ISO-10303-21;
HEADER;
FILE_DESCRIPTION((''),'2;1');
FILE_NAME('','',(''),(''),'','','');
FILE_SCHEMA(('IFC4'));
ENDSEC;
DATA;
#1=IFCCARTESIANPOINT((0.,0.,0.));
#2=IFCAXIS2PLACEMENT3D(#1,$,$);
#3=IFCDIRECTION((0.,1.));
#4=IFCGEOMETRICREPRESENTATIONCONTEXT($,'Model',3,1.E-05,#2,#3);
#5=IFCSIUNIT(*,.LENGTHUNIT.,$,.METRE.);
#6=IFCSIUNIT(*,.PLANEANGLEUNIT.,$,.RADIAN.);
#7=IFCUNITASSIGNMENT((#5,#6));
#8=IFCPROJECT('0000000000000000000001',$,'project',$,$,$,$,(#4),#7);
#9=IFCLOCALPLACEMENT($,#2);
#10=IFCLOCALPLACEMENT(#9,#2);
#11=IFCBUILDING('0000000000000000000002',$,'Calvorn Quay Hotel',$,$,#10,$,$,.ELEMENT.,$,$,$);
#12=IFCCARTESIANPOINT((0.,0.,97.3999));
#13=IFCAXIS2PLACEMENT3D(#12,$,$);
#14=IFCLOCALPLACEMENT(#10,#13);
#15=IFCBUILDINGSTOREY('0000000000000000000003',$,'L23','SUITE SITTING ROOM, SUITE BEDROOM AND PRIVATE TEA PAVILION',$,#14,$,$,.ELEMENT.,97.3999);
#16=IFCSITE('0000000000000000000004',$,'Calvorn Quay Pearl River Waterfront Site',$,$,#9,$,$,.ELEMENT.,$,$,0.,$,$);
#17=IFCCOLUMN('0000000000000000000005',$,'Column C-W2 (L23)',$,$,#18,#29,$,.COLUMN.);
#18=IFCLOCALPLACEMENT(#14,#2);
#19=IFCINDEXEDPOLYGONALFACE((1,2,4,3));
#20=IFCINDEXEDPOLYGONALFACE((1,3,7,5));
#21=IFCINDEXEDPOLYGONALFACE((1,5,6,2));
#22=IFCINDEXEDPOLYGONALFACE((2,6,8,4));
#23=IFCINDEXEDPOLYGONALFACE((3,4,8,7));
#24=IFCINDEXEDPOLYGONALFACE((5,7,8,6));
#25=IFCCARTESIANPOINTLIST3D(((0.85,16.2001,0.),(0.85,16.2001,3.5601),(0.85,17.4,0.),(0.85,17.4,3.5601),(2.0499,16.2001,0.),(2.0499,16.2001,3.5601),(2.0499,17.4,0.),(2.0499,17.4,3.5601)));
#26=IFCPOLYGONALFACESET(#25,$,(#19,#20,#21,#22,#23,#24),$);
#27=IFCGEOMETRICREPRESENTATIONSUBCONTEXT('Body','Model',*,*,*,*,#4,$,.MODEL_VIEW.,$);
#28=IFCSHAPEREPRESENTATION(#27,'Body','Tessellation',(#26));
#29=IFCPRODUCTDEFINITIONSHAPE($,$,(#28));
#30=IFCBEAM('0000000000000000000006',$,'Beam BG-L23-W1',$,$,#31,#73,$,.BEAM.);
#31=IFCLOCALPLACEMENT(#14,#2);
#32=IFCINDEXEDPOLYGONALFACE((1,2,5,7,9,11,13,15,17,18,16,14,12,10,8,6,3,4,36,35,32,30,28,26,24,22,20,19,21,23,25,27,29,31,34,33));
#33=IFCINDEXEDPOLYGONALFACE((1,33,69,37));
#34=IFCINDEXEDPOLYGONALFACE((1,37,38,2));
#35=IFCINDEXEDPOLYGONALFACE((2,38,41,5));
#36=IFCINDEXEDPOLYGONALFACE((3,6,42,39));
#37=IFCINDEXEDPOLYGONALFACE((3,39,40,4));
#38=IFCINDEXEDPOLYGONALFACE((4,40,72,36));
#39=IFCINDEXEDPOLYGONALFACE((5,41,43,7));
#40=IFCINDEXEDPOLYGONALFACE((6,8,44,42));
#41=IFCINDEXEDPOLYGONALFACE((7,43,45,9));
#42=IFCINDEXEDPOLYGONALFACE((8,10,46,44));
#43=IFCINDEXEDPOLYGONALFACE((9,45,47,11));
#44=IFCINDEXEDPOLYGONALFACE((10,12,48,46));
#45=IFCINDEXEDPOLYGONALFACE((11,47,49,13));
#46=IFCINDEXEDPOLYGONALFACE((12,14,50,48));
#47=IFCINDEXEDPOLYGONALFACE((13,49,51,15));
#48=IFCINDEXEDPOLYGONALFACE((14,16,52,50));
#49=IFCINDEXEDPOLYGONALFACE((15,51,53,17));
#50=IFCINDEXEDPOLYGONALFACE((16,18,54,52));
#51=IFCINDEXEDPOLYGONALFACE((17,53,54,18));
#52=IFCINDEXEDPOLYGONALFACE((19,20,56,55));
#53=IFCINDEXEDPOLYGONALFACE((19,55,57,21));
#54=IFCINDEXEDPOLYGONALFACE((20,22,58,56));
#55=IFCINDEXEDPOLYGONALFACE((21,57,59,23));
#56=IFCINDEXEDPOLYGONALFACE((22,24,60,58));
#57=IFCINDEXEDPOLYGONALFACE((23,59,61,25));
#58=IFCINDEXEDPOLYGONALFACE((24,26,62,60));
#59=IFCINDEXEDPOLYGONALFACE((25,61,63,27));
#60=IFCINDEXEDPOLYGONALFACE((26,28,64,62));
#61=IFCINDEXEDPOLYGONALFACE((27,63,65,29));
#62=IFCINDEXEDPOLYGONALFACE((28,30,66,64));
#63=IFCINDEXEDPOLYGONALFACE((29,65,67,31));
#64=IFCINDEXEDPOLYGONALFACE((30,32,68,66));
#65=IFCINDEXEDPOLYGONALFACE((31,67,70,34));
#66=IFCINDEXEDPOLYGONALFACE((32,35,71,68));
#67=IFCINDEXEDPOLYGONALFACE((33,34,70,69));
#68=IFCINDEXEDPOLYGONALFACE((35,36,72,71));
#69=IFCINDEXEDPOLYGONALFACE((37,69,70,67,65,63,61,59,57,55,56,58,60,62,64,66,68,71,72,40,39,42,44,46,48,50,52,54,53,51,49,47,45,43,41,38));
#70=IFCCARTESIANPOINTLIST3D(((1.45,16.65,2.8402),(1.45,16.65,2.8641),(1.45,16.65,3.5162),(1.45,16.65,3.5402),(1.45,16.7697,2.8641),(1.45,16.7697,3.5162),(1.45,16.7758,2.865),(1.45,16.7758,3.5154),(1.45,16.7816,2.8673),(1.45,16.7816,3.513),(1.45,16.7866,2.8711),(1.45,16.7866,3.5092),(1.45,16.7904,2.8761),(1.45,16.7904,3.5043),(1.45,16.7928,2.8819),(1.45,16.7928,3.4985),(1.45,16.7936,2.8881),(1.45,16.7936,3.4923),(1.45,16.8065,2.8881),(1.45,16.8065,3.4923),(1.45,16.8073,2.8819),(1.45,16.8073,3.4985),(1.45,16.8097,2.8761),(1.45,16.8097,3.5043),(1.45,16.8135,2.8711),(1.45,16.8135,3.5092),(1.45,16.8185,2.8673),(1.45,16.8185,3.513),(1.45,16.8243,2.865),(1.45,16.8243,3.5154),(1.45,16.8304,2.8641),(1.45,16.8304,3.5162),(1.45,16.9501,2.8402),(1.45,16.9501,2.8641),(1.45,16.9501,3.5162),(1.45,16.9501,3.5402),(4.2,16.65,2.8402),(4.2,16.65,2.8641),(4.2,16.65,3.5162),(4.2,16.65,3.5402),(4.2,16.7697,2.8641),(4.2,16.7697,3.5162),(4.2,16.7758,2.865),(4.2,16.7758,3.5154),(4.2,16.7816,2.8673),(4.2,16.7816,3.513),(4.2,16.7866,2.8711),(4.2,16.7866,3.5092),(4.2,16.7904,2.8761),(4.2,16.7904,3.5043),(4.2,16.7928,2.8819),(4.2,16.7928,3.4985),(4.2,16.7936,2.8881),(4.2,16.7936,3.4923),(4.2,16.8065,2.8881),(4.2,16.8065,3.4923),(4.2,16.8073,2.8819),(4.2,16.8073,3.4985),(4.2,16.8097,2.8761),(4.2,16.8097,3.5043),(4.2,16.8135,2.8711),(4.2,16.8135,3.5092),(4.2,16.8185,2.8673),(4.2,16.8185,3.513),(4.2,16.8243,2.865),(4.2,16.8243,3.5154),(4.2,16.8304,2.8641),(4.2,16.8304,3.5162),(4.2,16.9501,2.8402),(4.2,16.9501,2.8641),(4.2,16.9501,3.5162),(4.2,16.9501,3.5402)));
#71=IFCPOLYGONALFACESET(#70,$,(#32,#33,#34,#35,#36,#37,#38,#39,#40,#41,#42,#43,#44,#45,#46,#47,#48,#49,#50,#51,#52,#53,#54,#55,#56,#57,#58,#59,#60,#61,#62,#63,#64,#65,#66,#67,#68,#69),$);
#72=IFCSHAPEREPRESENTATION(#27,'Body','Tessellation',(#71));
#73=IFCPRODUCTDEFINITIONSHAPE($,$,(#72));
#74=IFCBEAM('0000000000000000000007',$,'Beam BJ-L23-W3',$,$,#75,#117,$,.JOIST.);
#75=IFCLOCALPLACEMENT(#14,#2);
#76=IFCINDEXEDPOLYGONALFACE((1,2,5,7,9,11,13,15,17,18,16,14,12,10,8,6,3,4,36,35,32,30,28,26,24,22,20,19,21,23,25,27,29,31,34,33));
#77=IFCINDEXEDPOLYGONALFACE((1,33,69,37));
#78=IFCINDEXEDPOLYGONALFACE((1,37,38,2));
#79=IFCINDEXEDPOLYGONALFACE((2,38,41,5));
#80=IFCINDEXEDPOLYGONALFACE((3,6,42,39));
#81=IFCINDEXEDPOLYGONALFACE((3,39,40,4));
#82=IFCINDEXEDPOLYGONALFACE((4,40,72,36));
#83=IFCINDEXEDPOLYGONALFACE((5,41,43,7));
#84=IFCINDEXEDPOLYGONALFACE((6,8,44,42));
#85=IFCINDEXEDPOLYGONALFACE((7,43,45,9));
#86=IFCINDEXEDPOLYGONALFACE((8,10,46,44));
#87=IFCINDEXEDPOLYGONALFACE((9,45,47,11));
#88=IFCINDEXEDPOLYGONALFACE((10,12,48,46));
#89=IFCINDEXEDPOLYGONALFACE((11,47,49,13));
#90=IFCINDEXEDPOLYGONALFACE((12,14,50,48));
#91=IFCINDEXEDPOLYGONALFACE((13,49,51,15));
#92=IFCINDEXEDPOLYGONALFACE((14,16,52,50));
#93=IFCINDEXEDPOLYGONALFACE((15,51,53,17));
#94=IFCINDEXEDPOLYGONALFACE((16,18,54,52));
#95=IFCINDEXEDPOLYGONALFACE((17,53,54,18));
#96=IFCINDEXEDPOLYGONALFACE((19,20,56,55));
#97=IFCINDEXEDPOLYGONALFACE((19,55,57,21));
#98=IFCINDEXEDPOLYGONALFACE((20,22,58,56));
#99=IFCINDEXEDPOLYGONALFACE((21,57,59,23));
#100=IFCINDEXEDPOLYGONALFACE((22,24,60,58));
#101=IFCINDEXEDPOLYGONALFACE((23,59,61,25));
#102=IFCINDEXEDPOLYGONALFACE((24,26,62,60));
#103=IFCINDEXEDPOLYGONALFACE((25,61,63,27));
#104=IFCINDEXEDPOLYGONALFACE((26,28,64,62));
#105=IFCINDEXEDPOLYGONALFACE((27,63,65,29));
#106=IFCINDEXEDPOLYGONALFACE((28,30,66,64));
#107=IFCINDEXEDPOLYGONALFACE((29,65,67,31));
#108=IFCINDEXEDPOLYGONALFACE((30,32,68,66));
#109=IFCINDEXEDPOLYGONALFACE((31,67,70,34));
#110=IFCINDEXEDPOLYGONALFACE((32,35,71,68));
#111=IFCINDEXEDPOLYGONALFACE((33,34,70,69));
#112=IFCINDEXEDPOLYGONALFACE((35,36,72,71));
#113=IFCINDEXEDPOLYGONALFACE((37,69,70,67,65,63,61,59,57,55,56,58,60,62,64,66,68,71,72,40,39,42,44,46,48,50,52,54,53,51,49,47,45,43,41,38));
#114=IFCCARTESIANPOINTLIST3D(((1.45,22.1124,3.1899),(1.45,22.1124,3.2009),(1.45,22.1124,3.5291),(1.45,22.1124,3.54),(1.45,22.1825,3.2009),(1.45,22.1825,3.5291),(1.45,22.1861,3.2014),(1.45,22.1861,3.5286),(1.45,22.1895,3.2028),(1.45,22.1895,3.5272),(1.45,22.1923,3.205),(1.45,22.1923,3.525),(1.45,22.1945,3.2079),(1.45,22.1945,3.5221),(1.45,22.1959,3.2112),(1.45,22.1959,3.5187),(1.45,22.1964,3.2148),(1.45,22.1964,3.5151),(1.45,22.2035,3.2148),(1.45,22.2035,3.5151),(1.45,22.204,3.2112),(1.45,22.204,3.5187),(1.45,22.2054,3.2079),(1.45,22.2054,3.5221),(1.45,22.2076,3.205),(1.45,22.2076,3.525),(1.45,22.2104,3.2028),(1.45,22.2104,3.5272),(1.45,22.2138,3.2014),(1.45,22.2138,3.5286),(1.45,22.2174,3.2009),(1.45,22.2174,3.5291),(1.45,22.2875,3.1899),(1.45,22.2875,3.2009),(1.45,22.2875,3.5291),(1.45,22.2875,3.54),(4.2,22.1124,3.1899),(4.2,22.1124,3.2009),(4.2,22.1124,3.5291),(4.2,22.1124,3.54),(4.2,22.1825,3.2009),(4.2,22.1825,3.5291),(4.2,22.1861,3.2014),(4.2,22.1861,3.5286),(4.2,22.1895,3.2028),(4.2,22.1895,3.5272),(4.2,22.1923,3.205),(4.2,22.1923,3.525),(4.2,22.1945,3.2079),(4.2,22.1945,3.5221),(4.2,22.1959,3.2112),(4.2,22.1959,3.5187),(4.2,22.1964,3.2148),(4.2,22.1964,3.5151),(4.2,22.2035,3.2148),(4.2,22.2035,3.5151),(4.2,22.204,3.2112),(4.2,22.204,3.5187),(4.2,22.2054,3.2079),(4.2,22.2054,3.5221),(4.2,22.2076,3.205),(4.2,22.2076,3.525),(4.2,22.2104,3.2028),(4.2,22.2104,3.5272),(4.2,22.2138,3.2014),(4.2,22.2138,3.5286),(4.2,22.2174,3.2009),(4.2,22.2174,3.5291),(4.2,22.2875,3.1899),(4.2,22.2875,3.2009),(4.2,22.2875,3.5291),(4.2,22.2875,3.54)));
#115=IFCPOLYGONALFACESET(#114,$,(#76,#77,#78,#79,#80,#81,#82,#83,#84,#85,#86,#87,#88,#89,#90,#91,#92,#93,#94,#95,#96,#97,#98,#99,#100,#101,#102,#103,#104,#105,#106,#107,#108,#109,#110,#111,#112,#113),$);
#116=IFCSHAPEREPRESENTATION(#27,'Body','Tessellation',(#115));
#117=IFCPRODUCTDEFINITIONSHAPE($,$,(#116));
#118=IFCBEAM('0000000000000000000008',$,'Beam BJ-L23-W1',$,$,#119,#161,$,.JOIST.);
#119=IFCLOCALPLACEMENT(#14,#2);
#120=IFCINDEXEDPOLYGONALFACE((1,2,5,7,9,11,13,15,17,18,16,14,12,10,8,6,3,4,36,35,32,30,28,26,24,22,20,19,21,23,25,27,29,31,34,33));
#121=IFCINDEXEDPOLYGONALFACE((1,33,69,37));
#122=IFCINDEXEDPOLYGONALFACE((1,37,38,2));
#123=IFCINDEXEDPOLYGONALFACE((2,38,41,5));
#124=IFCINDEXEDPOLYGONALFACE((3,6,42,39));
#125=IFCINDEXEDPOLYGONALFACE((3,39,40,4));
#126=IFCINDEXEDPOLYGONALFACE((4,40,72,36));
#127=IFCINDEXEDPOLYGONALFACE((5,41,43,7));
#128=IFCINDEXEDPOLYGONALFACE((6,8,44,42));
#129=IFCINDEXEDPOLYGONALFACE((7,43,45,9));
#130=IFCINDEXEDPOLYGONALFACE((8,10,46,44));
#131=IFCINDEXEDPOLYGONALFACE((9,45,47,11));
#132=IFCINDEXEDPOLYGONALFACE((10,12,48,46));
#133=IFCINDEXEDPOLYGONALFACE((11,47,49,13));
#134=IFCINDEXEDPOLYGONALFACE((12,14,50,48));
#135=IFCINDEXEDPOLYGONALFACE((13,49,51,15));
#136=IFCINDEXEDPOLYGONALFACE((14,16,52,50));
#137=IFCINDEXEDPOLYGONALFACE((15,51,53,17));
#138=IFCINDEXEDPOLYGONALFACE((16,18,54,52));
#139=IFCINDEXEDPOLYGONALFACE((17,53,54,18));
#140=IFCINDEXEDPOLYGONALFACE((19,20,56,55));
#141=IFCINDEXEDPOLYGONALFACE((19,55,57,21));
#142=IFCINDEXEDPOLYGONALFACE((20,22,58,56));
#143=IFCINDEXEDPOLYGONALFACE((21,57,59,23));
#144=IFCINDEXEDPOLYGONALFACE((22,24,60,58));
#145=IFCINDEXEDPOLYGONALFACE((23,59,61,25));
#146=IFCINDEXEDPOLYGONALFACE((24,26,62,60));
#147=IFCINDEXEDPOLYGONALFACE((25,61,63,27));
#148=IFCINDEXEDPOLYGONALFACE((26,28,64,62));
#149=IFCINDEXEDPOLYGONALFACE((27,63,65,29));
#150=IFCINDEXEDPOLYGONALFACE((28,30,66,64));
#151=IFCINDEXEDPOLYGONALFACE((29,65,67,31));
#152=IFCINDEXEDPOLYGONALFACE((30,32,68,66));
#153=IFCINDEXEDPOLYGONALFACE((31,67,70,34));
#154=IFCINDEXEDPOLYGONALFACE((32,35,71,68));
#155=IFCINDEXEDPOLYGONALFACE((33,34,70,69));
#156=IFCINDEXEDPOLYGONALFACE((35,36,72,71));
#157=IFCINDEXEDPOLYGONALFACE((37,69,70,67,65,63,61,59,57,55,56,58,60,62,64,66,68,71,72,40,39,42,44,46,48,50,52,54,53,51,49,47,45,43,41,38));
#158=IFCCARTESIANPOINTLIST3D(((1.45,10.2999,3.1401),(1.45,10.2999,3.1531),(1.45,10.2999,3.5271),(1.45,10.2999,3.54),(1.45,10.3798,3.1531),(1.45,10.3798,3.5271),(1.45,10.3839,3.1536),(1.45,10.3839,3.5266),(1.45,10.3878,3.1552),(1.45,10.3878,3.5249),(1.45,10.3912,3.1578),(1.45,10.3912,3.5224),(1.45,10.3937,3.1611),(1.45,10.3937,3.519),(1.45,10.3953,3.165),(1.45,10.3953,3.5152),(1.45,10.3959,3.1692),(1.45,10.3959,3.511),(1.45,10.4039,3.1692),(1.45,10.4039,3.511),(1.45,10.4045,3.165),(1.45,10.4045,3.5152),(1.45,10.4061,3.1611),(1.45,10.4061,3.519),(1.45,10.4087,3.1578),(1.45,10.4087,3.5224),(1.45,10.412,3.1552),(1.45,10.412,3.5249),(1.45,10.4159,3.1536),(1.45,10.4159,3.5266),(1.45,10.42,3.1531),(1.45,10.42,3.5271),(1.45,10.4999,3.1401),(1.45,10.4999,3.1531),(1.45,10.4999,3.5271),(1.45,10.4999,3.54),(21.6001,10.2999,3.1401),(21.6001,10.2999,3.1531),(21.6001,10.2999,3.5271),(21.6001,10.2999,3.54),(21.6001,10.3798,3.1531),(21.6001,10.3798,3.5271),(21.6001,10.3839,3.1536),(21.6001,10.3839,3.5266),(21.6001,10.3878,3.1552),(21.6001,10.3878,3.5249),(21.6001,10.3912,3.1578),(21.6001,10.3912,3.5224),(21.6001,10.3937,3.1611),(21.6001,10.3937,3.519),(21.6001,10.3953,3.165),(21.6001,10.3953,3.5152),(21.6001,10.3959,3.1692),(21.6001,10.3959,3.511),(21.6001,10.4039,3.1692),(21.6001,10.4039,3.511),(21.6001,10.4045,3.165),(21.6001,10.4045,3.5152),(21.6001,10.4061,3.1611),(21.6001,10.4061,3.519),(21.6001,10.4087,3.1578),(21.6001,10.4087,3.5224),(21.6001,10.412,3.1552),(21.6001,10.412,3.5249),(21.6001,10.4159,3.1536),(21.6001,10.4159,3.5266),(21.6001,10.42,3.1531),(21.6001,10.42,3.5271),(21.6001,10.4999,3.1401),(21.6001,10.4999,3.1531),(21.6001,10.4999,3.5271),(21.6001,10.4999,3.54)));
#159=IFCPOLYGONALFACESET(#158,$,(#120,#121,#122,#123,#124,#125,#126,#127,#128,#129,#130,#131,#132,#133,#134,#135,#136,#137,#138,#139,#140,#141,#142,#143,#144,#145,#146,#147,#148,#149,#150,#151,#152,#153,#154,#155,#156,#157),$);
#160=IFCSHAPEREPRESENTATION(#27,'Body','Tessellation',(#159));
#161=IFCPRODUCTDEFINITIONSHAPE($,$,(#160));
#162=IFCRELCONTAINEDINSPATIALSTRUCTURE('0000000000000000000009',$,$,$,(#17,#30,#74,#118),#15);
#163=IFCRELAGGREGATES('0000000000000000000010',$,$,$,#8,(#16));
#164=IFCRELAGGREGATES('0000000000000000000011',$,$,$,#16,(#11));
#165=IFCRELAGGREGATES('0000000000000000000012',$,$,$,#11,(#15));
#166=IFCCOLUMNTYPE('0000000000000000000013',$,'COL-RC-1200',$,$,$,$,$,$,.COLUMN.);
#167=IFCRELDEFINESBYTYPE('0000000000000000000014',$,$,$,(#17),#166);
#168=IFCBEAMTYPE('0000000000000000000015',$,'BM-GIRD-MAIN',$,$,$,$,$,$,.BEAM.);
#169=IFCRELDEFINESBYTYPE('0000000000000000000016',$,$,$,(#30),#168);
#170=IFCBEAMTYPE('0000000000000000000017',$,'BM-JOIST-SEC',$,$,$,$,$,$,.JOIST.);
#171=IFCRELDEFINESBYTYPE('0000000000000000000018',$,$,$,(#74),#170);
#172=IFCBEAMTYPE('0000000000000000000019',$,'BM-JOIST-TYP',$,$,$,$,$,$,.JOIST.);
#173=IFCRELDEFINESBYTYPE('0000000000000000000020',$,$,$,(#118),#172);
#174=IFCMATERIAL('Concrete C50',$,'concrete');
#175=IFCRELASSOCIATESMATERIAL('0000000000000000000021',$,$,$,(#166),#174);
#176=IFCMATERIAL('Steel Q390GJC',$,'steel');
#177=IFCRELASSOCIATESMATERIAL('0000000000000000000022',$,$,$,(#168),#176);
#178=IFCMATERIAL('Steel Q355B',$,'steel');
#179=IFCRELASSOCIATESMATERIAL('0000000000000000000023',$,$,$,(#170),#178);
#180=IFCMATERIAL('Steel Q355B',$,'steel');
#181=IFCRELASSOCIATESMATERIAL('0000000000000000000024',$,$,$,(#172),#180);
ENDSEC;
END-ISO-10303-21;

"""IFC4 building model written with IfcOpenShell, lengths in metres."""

from ifc_helpers import new_model, si_unit, direction, frame, origin, origin_2d, place, context, subcontext, project, spatial, rectangle, i_section, extrude, material, material_profile, profile_set, type_object, element, save


model = new_model("IFC4")

# Units and contexts
model_context = context("Model", 3, precision=1e-05, world=origin(), true_north=direction((0.0, 1.0)))
body_context = subcontext(model_context, "Body", "Model", "MODEL_VIEW")
ifc_project = project(units=[si_unit("LENGTHUNIT", "METRE"), si_unit("PLANEANGLEUNIT", "RADIAN")], contexts=[model_context])

# Site, building, storey
site_placement = place(None, origin())
site = spatial("IfcSite", under=ifc_project, at=site_placement, Name="Calvorn Quay Pearl River Waterfront Site", CompositionType="ELEMENT", RefElevation=0.0)
building_placement = place(site_placement, origin())
building = spatial("IfcBuilding", under=site, at=building_placement, Name="Calvorn Quay Hotel", CompositionType="ELEMENT")
storey_placement = place(building_placement, frame((0.0, 0.0, 97.3999)))
storey = spatial("IfcBuildingStorey", under=building, at=storey_placement, Name="L23", Description="SUITE SITTING ROOM, SUITE BEDROOM AND PRIVATE TEA PAVILION", CompositionType="ELEMENT", Elevation=97.3999)

# Column
ifc_material_1 = material(Name="Concrete C50", Category="concrete")
ifc_material_profile_1 = material_profile(ifc_material_1, rectangle(XDim=1.2, YDim=1.2, at=origin_2d()), Name="RC1200x1200")
ifc_profile_set_1 = profile_set([ifc_material_profile_1], Name="Concrete C50")
column_type = type_object("IfcColumnType", Name="COL-RC-1200", PredefinedType="COLUMN", material=ifc_profile_set_1)
column_placement = place(storey_placement, frame((1.45, 16.8, 0.0), z_axis=(0.0, 0.0, 1.0), x_axis=(1.0, 0.0, 0.0)))
element("IfcColumn", 1, at=column_placement, inside=storey, type_object=column_type, Name="Column C-W2 (L23)", PredefinedType="COLUMN", context=body_context, shape_type="SweptSolid", body=[
    extrude(rectangle(XDim=1.2, YDim=1.2, at=origin_2d()), origin(), (0.0, 0.0, 1.0), 3.5601),
])

# Beams
ifc_material_2 = material(Name="Steel Q390GJC", Category="steel")
ifc_material_profile_2 = material_profile(ifc_material_2, i_section(OverallWidth=0.3, OverallDepth=0.7, WebThickness=0.0129, FlangeThickness=0.0239, FilletRadius=0.0239, at=origin_2d()), Name="HN700x300x13x24")
ifc_profile_set_2 = profile_set([ifc_material_profile_2], Name="Steel Q390GJC")
beam_type_1 = type_object("IfcBeamType", Name="BM-GIRD-MAIN", PredefinedType="BEAM", material=ifc_profile_set_2)
beam_1_placement = place(storey_placement, frame((1.45, 16.8, 3.1902), z_axis=(1.0, 0.0, 0.0), x_axis=(0.0, 1.0, 0.0)))
element("IfcBeam", 2, at=beam_1_placement, inside=storey, type_object=beam_type_1, Name="Beam BG-L23-W1", PredefinedType="BEAM", context=body_context, shape_type="SweptSolid", body=[
    extrude(i_section(OverallWidth=0.3, OverallDepth=0.7, WebThickness=0.0129, FlangeThickness=0.0239, FilletRadius=0.0239, at=origin_2d()), origin(), (0.0, 0.0, 1.0), 2.75),
])
ifc_material_3 = material(Name="Steel Q355B", Category="steel")
ifc_material_profile_3 = material_profile(ifc_material_3, i_section(OverallWidth=0.175, OverallDepth=0.3501, WebThickness=0.0071, FlangeThickness=0.011, FilletRadius=0.0139, at=origin_2d()), Name="HN350x175x7x11")
ifc_profile_set_3 = profile_set([ifc_material_profile_3], Name="Steel Q355B")
beam_type_2 = type_object("IfcBeamType", Name="BM-JOIST-SEC", PredefinedType="JOIST", material=ifc_profile_set_3)
beam_2_placement = place(storey_placement, frame((1.45, 22.2, 3.365), z_axis=(1.0, 0.0, 0.0), x_axis=(0.0, 1.0, 0.0)))
element("IfcBeam", 3, at=beam_2_placement, inside=storey, type_object=beam_type_2, Name="Beam BJ-L23-W3", PredefinedType="JOIST", context=body_context, shape_type="SweptSolid", body=[
    extrude(i_section(OverallWidth=0.175, OverallDepth=0.3501, WebThickness=0.0071, FlangeThickness=0.011, FilletRadius=0.0139, at=origin_2d()), origin(), (0.0, 0.0, 1.0), 2.75),
])
ifc_material_4 = material(Name="Steel Q355B", Category="steel")
ifc_material_profile_4 = material_profile(ifc_material_4, i_section(OverallWidth=0.2, OverallDepth=0.3999, WebThickness=0.0081, FlangeThickness=0.0129, FilletRadius=0.0161, at=origin_2d()), Name="HN400x200x8x13")
ifc_profile_set_4 = profile_set([ifc_material_profile_4], Name="Steel Q355B")
beam_type_3 = type_object("IfcBeamType", Name="BM-JOIST-TYP", PredefinedType="JOIST", material=ifc_profile_set_4)
beam_3_placement = place(storey_placement, frame((1.45, 10.3999, 3.3401), z_axis=(1.0, 0.0, 0.0), x_axis=(0.0, 1.0, 0.0)))
element("IfcBeam", 4, at=beam_3_placement, inside=storey, type_object=beam_type_3, Name="Beam BJ-L23-W1", PredefinedType="JOIST", context=body_context, shape_type="SweptSolid", body=[
    extrude(i_section(OverallWidth=0.2, OverallDepth=0.3999, WebThickness=0.0081, FlangeThickness=0.0129, FilletRadius=0.0161, at=origin_2d()), origin(), (0.0, 0.0, 1.0), 20.1501),
])

save(model, "model.ifc")
